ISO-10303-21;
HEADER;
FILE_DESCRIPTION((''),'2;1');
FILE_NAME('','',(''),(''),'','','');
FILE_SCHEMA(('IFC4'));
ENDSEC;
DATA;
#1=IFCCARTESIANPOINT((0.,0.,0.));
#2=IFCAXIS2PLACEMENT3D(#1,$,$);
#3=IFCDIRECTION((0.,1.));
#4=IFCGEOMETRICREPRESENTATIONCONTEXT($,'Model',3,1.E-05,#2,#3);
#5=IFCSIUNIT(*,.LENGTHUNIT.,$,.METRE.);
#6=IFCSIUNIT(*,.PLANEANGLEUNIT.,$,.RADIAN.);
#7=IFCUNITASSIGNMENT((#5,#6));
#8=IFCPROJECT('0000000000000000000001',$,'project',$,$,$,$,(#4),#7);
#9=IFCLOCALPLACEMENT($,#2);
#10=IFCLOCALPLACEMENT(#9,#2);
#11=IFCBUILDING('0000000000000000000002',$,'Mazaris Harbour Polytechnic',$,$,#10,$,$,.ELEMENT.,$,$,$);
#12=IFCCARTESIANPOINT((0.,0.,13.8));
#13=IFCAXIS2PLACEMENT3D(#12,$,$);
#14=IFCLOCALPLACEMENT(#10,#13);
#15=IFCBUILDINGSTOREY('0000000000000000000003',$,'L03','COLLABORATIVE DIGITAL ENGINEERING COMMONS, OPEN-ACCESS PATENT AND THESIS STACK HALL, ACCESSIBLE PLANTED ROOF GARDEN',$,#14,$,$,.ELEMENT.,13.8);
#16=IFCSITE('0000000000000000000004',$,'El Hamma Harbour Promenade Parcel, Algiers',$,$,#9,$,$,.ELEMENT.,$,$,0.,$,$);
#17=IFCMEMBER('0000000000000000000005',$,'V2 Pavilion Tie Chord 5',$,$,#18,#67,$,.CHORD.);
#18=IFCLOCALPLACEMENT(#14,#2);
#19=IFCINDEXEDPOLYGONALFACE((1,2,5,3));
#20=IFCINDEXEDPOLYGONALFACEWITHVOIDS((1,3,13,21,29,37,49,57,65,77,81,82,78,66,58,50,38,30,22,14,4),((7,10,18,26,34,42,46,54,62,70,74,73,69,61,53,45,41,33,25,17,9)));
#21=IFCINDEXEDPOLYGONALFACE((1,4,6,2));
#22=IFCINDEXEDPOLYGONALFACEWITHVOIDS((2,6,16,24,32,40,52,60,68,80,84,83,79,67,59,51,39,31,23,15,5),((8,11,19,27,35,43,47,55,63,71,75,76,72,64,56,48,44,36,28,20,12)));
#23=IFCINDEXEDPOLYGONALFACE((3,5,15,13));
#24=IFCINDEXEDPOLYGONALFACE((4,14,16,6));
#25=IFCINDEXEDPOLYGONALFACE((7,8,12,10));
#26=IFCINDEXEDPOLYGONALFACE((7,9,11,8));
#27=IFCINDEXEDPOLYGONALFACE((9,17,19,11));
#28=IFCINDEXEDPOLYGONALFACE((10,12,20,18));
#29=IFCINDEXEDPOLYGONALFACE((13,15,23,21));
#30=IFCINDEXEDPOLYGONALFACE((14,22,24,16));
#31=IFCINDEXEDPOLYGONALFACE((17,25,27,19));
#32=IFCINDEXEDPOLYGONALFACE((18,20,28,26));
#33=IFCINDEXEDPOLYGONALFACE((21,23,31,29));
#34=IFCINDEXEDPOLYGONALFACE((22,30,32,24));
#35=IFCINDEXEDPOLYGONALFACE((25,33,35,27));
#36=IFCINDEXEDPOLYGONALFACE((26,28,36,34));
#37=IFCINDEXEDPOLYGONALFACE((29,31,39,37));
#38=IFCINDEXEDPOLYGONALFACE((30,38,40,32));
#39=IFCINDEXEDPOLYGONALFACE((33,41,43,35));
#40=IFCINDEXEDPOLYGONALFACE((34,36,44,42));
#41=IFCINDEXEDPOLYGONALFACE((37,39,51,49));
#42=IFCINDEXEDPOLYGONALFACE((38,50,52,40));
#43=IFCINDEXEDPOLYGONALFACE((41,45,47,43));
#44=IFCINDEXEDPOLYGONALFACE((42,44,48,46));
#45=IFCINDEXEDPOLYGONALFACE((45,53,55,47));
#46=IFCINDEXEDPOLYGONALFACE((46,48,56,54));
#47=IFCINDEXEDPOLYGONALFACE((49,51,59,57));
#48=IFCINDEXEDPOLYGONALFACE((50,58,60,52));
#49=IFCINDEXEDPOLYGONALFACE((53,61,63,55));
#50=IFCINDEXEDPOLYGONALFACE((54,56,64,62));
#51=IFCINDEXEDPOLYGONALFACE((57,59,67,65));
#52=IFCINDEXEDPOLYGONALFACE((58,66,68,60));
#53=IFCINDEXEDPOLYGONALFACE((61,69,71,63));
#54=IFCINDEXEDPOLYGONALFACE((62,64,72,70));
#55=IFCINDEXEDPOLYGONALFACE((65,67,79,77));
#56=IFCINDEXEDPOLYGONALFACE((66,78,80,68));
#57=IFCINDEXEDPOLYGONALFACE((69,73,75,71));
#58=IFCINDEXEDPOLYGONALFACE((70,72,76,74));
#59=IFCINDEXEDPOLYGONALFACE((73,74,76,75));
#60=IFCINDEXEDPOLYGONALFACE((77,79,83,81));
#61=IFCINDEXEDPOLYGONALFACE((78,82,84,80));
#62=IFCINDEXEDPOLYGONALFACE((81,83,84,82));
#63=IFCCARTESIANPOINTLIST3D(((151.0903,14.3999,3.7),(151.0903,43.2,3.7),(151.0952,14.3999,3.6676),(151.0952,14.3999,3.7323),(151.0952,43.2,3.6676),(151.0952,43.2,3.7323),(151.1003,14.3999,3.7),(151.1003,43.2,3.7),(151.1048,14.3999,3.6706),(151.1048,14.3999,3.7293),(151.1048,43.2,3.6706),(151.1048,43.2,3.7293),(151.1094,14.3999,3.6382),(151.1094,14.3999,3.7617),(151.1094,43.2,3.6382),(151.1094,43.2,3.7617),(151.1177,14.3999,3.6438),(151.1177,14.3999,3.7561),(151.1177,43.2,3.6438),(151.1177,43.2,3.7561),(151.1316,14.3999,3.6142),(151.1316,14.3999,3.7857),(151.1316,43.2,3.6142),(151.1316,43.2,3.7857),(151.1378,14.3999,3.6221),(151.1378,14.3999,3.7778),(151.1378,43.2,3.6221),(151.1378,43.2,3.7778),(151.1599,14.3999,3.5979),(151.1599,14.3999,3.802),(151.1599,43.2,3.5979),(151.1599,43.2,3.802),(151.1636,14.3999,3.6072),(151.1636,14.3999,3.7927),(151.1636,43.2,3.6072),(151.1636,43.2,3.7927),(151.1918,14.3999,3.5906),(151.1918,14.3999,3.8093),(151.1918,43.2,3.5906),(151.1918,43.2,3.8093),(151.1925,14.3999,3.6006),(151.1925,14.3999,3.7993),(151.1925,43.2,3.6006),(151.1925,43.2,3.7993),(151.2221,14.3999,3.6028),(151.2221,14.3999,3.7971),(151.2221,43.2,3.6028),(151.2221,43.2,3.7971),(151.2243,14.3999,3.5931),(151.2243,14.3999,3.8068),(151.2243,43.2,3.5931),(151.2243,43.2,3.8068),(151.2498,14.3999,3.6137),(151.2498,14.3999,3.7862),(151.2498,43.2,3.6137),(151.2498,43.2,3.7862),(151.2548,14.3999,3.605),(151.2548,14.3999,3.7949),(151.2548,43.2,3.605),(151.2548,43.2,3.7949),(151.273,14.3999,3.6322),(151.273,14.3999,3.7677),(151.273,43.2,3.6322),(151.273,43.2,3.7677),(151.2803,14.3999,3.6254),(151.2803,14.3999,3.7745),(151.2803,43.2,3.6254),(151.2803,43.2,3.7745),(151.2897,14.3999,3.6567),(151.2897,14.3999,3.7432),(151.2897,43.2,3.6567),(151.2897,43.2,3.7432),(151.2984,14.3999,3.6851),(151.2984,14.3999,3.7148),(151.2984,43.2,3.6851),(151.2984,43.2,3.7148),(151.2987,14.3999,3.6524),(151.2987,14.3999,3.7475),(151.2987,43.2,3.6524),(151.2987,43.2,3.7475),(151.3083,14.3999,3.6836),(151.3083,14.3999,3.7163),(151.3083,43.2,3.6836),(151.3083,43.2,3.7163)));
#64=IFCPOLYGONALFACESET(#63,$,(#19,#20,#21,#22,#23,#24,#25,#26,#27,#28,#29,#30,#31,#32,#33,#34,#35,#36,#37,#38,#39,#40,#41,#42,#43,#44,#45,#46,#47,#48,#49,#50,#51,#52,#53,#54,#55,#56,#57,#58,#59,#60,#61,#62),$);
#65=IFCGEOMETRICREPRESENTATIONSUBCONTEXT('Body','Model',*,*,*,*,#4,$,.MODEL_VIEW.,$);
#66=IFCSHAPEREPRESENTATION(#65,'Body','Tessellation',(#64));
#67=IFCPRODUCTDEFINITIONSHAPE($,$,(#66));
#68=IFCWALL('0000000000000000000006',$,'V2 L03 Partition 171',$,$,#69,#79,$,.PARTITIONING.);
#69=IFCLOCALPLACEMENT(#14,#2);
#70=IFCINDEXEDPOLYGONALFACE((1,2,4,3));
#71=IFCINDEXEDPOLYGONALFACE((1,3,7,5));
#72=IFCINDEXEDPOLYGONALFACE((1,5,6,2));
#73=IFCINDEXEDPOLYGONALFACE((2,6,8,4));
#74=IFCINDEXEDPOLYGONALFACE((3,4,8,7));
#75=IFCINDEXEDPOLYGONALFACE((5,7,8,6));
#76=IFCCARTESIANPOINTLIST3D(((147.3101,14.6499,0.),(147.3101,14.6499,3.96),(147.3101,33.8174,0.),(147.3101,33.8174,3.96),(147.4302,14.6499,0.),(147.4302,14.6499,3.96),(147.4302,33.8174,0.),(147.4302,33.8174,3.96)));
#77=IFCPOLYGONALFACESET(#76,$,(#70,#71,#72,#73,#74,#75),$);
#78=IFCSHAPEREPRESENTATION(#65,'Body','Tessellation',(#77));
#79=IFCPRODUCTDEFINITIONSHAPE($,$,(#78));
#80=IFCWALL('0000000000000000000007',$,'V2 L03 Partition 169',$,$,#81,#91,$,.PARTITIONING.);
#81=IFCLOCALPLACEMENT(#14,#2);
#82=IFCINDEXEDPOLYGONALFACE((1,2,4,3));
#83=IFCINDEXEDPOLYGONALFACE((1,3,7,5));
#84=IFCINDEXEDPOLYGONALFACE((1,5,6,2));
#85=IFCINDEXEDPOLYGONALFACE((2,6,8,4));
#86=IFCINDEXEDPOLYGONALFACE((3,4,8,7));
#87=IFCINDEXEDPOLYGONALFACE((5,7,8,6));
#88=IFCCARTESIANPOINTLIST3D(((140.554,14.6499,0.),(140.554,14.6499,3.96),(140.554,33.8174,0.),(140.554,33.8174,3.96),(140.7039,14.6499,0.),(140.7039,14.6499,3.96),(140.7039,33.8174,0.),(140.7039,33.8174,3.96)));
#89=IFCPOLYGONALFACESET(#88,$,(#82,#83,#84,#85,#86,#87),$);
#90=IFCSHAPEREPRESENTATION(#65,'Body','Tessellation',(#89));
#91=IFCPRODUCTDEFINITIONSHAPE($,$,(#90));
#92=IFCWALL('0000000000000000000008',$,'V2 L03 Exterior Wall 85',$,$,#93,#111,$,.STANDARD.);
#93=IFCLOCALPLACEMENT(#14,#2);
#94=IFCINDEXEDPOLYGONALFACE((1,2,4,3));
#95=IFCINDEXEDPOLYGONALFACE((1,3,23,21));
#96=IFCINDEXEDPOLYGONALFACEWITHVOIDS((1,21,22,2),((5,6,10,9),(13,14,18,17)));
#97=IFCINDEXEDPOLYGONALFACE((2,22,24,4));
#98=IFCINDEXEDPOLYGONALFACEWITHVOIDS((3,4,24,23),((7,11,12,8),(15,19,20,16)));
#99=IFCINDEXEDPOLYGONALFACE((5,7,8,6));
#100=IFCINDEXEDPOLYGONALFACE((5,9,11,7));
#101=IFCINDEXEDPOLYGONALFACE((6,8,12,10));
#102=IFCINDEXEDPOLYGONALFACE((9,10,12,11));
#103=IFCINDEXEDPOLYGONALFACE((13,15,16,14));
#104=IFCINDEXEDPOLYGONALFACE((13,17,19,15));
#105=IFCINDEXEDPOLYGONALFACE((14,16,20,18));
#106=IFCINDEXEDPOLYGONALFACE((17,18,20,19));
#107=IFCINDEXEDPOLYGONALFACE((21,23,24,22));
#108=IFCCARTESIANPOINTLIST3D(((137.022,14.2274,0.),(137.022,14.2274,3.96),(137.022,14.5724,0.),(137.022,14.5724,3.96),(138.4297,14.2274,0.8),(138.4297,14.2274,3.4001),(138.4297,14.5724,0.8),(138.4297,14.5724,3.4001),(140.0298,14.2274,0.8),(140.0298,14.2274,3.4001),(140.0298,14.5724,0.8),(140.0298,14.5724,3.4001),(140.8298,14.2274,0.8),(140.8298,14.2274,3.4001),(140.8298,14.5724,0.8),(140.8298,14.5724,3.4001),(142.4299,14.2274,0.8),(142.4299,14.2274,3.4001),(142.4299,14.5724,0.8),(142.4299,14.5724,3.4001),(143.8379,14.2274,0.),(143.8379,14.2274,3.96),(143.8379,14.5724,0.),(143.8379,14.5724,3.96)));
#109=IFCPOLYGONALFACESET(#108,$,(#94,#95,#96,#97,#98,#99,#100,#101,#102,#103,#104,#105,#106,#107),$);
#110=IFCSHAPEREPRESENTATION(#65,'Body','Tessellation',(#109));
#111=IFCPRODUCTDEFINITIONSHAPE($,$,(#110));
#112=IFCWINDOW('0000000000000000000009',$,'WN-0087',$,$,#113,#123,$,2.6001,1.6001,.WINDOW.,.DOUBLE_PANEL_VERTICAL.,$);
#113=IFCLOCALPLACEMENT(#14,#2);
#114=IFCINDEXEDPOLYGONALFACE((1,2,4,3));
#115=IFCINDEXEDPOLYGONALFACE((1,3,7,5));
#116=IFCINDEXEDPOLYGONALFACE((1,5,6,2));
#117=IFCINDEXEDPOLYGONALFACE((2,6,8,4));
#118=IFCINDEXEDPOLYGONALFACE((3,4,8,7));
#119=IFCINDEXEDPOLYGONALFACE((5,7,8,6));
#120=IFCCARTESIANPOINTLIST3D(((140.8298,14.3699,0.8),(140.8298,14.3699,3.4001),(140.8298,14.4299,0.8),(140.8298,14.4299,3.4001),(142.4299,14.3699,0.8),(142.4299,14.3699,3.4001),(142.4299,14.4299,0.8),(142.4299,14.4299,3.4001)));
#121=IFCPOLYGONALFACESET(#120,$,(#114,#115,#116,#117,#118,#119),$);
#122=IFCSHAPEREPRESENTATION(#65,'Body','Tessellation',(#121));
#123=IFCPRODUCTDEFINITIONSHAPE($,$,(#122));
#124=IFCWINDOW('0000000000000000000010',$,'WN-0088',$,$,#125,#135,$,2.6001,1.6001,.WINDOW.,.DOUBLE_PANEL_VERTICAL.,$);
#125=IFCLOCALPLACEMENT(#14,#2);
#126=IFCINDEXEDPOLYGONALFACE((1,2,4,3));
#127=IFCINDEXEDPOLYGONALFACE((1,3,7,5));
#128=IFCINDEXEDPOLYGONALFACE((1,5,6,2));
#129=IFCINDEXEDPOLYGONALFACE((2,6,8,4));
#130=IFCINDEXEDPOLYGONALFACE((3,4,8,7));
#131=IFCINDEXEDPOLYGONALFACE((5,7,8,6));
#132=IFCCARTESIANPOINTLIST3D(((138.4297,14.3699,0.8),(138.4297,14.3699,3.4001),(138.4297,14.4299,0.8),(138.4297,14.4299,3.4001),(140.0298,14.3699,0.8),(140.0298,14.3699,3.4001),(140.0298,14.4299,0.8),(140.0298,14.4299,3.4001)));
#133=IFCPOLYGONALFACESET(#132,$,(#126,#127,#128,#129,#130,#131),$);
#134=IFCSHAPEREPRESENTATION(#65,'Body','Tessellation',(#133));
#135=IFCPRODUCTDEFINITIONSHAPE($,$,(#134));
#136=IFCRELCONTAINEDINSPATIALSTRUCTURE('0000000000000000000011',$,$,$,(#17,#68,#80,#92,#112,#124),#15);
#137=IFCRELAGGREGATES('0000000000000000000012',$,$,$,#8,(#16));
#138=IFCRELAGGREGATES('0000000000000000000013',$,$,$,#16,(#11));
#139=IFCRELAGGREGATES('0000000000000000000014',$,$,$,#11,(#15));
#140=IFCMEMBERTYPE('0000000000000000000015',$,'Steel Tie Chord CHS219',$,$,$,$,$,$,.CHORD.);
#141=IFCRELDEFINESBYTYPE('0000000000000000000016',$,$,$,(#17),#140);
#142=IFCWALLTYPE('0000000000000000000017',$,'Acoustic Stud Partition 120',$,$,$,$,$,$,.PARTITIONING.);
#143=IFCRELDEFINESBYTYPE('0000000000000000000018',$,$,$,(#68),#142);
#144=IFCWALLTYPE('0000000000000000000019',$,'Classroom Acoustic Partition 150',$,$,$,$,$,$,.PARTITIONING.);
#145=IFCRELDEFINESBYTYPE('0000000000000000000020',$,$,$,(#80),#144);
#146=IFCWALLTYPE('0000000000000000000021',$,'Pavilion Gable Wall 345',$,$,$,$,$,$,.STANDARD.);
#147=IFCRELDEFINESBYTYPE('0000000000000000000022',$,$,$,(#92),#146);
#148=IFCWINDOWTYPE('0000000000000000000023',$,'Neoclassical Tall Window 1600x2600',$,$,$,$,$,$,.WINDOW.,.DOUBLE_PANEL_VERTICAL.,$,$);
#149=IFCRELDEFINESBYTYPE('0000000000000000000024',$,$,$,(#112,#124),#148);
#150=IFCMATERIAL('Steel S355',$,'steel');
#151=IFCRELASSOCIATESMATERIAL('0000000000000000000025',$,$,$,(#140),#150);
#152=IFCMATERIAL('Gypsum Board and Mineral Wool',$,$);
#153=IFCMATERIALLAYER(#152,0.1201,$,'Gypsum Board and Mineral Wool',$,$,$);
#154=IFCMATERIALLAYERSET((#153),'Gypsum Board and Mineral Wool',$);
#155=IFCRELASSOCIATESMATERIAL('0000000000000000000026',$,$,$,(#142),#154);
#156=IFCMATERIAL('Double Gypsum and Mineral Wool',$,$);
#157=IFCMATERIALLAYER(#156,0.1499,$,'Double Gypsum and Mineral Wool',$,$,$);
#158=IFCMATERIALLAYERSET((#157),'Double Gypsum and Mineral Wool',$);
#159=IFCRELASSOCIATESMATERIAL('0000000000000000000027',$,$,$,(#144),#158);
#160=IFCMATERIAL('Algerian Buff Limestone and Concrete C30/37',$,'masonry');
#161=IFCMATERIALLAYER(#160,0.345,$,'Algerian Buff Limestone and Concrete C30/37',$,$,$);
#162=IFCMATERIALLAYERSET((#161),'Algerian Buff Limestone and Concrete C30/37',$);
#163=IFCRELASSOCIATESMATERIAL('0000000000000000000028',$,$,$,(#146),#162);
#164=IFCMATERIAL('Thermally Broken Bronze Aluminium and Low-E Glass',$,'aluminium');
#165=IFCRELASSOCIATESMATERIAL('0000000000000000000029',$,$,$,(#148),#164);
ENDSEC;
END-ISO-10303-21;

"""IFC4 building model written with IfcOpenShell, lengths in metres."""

from ifc_helpers import new_model, si_unit, direction, frame, frame_2d, origin, origin_2d, place, context, subcontext, project, spatial, rectangle, hollow_circle, extrude, material, layer, layer_set, material_profile, profile_set, type_object, element, fill, save


model = new_model("IFC4")

# Units and contexts
model_context = context("Model", 3, precision=1e-05, world=origin(), true_north=direction((0.0, 1.0)))
body_context = subcontext(model_context, "Body", "Model", "MODEL_VIEW")
ifc_project = project(units=[si_unit("LENGTHUNIT", "METRE"), si_unit("PLANEANGLEUNIT", "RADIAN")], contexts=[model_context])

# Site, building, storey
site_placement = place(None, origin())
site = spatial("IfcSite", under=ifc_project, at=site_placement, Name="El Hamma Harbour Promenade Parcel, Algiers", CompositionType="ELEMENT", RefElevation=0.0)
building_placement = place(site_placement, origin())
building = spatial("IfcBuilding", under=site, at=building_placement, Name="Mazaris Harbour Polytechnic", CompositionType="ELEMENT")
storey_placement = place(building_placement, frame((0.0, 0.0, 13.8)))
storey = spatial("IfcBuildingStorey", under=building, at=storey_placement, Name="L03", Description="COLLABORATIVE DIGITAL ENGINEERING COMMONS, OPEN-ACCESS PATENT AND THESIS STACK HALL, ACCESSIBLE PLANTED ROOF GARDEN", CompositionType="ELEMENT", Elevation=13.8)

# Member
ifc_material_1 = material(Name="Steel S355", Category="steel")
ifc_material_profile_1 = material_profile(ifc_material_1, hollow_circle(Radius=0.1096, WallThickness=0.01, at=origin_2d()), Name="CHS 219.1x10.0")
ifc_profile_set_1 = profile_set([ifc_material_profile_1], Name="Steel S355")
member_type_1 = type_object("IfcMemberType", Name="Steel Tie Chord CHS219", PredefinedType="CHORD", material=ifc_profile_set_1)
for number, where, z_axis, x_axis, name in (
    (1, (151.2, 14.3999, 3.7), (0.0, 1.0, 0.0), (-1.0, 0.0, 0.0), "V2 Pavilion Tie Chord 5"),
):
    element("IfcMember", number, at=place(storey_placement, frame(where, z_axis=z_axis, x_axis=x_axis)), inside=storey, type_object=member_type_1, Name=name, PredefinedType="CHORD", context=body_context, shape_type="SweptSolid", body=[
        extrude(hollow_circle(Radius=0.1096, WallThickness=0.01, at=origin_2d()), origin(), (0.0, 0.0, 1.0), 28.8),
    ])

# Walls
ifc_material_2 = material(Name="Gypsum Board and Mineral Wool")
ifc_layer_1 = layer(ifc_material_2, 0.1201, Name="Gypsum Board and Mineral Wool")
ifc_layer_set_1 = layer_set([ifc_layer_1], Name="Gypsum Board and Mineral Wool")
wall_type_1 = type_object("IfcWallType", Name="Acoustic Stud Partition 120", PredefinedType="PARTITIONING", material=ifc_layer_set_1)
wall_1_placement = place(storey_placement, frame((147.3701, 14.6499, 0.0), z_axis=(0.0, 0.0, 1.0), x_axis=(0.0, 1.0, 0.0)))
element("IfcWall", 2, at=wall_1_placement, inside=storey, type_object=wall_type_1, Name="V2 L03 Partition 171", PredefinedType="PARTITIONING", context=body_context, shape_type="SweptSolid", body=[
    extrude(rectangle(XDim=19.1675, YDim=0.1201, at=frame_2d((9.5837, 0.0))), origin(), (0.0, 0.0, 1.0), 3.96),
])
ifc_material_3 = material(Name="Double Gypsum and Mineral Wool")
ifc_layer_2 = layer(ifc_material_3, 0.1499, Name="Double Gypsum and Mineral Wool")
ifc_layer_set_2 = layer_set([ifc_layer_2], Name="Double Gypsum and Mineral Wool")
wall_type_2 = type_object("IfcWallType", Name="Classroom Acoustic Partition 150", PredefinedType="PARTITIONING", material=ifc_layer_set_2)
wall_2_placement = place(storey_placement, frame((140.6289, 14.6499, 0.0), z_axis=(0.0, 0.0, 1.0), x_axis=(0.0, 1.0, 0.0)))
element("IfcWall", 3, at=wall_2_placement, inside=storey, type_object=wall_type_2, Name="V2 L03 Partition 169", PredefinedType="PARTITIONING", context=body_context, shape_type="SweptSolid", body=[
    extrude(rectangle(XDim=19.1675, YDim=0.1499, at=frame_2d((9.5837, 0.0))), origin(), (0.0, 0.0, 1.0), 3.96),
])

# Wall, openings, windows
ifc_material_4 = material(Name="Algerian Buff Limestone and Concrete C30/37", Category="masonry")
ifc_layer_3 = layer(ifc_material_4, 0.345, Name="Algerian Buff Limestone and Concrete C30/37")
ifc_layer_set_3 = layer_set([ifc_layer_3], Name="Algerian Buff Limestone and Concrete C30/37")
wall_type_3 = type_object("IfcWallType", Name="Pavilion Gable Wall 345", PredefinedType="STANDARD", material=ifc_layer_set_3)
wall_3_placement = place(storey_placement, frame((143.8379, 14.3999, 0.0), z_axis=(0.0, 0.0, 1.0), x_axis=(-1.0, 0.0, 0.0)))
wall_3 = element("IfcWall", 4, at=wall_3_placement, inside=storey, type_object=wall_type_3, Name="V2 L03 Exterior Wall 85", PredefinedType="STANDARD", context=body_context, shape_type="SweptSolid", body=[
    extrude(rectangle(XDim=6.8159, YDim=0.345, at=frame_2d((3.408, 0.0))), origin(), (0.0, 0.0, 1.0), 3.96),
])
opening_1_placement = place(wall_3_placement, frame((1.408, 0.0, 0.8)))
opening_1 = element("IfcOpeningElement", 5, at=opening_1_placement, cuts=wall_3, PredefinedType="OPENING", context=body_context, shape_type="SweptSolid", body=[
    extrude(rectangle(XDim=1.6001, YDim=2.6001, at=frame_2d((0.8, 1.3))), frame((0.0, 0.1824, 0.0), z_axis=(0.0, -1.0, 0.0), x_axis=(1.0, 0.0, 0.0)), (0.0, 0.0, 1.0), 0.365),
])
opening_2_placement = place(wall_3_placement, frame((3.8081, 0.0, 0.8)))
opening_2 = element("IfcOpeningElement", 6, at=opening_2_placement, cuts=wall_3, PredefinedType="OPENING", context=body_context, shape_type="SweptSolid", body=[
    extrude(rectangle(XDim=1.6001, YDim=2.6001, at=frame_2d((0.8, 1.3))), frame((0.0, 0.1824, 0.0), z_axis=(0.0, -1.0, 0.0), x_axis=(1.0, 0.0, 0.0)), (0.0, 0.0, 1.0), 0.365),
])
ifc_material_5 = material(Name="Thermally Broken Bronze Aluminium and Low-E Glass", Category="aluminium")
window_type_1 = type_object("IfcWindowType", Name="Neoclassical Tall Window 1600x2600", PartitioningType="DOUBLE_PANEL_VERTICAL", PredefinedType="WINDOW", material=ifc_material_5)
window_1_placement = place(opening_1_placement, origin())
window_1 = element("IfcWindow", 7, at=window_1_placement, inside=storey, type_object=window_type_1, Name="WN-0087", OverallHeight=2.6001, OverallWidth=1.6001, PartitioningType="DOUBLE_PANEL_VERTICAL", PredefinedType="WINDOW", context=body_context, shape_type="SweptSolid", body=[
    extrude(rectangle(XDim=1.6001, YDim=2.6001, at=frame_2d((0.8, 1.3))), frame((0.0, 0.03, 0.0), z_axis=(0.0, -1.0, 0.0), x_axis=(1.0, 0.0, 0.0)), (0.0, 0.0, 1.0), 0.0601),
])
fill(opening_1, window_1)
window_2_placement = place(opening_2_placement, origin())
window_2 = element("IfcWindow", 8, at=window_2_placement, inside=storey, type_object=window_type_1, Name="WN-0088", OverallHeight=2.6001, OverallWidth=1.6001, PartitioningType="DOUBLE_PANEL_VERTICAL", PredefinedType="WINDOW", context=body_context, shape_type="SweptSolid", body=[
    extrude(rectangle(XDim=1.6001, YDim=2.6001, at=frame_2d((0.8, 1.3))), frame((0.0, 0.03, 0.0), z_axis=(0.0, -1.0, 0.0), x_axis=(1.0, 0.0, 0.0)), (0.0, 0.0, 1.0), 0.0601),
])
fill(opening_2, window_2)

save(model, "model.ifc")
